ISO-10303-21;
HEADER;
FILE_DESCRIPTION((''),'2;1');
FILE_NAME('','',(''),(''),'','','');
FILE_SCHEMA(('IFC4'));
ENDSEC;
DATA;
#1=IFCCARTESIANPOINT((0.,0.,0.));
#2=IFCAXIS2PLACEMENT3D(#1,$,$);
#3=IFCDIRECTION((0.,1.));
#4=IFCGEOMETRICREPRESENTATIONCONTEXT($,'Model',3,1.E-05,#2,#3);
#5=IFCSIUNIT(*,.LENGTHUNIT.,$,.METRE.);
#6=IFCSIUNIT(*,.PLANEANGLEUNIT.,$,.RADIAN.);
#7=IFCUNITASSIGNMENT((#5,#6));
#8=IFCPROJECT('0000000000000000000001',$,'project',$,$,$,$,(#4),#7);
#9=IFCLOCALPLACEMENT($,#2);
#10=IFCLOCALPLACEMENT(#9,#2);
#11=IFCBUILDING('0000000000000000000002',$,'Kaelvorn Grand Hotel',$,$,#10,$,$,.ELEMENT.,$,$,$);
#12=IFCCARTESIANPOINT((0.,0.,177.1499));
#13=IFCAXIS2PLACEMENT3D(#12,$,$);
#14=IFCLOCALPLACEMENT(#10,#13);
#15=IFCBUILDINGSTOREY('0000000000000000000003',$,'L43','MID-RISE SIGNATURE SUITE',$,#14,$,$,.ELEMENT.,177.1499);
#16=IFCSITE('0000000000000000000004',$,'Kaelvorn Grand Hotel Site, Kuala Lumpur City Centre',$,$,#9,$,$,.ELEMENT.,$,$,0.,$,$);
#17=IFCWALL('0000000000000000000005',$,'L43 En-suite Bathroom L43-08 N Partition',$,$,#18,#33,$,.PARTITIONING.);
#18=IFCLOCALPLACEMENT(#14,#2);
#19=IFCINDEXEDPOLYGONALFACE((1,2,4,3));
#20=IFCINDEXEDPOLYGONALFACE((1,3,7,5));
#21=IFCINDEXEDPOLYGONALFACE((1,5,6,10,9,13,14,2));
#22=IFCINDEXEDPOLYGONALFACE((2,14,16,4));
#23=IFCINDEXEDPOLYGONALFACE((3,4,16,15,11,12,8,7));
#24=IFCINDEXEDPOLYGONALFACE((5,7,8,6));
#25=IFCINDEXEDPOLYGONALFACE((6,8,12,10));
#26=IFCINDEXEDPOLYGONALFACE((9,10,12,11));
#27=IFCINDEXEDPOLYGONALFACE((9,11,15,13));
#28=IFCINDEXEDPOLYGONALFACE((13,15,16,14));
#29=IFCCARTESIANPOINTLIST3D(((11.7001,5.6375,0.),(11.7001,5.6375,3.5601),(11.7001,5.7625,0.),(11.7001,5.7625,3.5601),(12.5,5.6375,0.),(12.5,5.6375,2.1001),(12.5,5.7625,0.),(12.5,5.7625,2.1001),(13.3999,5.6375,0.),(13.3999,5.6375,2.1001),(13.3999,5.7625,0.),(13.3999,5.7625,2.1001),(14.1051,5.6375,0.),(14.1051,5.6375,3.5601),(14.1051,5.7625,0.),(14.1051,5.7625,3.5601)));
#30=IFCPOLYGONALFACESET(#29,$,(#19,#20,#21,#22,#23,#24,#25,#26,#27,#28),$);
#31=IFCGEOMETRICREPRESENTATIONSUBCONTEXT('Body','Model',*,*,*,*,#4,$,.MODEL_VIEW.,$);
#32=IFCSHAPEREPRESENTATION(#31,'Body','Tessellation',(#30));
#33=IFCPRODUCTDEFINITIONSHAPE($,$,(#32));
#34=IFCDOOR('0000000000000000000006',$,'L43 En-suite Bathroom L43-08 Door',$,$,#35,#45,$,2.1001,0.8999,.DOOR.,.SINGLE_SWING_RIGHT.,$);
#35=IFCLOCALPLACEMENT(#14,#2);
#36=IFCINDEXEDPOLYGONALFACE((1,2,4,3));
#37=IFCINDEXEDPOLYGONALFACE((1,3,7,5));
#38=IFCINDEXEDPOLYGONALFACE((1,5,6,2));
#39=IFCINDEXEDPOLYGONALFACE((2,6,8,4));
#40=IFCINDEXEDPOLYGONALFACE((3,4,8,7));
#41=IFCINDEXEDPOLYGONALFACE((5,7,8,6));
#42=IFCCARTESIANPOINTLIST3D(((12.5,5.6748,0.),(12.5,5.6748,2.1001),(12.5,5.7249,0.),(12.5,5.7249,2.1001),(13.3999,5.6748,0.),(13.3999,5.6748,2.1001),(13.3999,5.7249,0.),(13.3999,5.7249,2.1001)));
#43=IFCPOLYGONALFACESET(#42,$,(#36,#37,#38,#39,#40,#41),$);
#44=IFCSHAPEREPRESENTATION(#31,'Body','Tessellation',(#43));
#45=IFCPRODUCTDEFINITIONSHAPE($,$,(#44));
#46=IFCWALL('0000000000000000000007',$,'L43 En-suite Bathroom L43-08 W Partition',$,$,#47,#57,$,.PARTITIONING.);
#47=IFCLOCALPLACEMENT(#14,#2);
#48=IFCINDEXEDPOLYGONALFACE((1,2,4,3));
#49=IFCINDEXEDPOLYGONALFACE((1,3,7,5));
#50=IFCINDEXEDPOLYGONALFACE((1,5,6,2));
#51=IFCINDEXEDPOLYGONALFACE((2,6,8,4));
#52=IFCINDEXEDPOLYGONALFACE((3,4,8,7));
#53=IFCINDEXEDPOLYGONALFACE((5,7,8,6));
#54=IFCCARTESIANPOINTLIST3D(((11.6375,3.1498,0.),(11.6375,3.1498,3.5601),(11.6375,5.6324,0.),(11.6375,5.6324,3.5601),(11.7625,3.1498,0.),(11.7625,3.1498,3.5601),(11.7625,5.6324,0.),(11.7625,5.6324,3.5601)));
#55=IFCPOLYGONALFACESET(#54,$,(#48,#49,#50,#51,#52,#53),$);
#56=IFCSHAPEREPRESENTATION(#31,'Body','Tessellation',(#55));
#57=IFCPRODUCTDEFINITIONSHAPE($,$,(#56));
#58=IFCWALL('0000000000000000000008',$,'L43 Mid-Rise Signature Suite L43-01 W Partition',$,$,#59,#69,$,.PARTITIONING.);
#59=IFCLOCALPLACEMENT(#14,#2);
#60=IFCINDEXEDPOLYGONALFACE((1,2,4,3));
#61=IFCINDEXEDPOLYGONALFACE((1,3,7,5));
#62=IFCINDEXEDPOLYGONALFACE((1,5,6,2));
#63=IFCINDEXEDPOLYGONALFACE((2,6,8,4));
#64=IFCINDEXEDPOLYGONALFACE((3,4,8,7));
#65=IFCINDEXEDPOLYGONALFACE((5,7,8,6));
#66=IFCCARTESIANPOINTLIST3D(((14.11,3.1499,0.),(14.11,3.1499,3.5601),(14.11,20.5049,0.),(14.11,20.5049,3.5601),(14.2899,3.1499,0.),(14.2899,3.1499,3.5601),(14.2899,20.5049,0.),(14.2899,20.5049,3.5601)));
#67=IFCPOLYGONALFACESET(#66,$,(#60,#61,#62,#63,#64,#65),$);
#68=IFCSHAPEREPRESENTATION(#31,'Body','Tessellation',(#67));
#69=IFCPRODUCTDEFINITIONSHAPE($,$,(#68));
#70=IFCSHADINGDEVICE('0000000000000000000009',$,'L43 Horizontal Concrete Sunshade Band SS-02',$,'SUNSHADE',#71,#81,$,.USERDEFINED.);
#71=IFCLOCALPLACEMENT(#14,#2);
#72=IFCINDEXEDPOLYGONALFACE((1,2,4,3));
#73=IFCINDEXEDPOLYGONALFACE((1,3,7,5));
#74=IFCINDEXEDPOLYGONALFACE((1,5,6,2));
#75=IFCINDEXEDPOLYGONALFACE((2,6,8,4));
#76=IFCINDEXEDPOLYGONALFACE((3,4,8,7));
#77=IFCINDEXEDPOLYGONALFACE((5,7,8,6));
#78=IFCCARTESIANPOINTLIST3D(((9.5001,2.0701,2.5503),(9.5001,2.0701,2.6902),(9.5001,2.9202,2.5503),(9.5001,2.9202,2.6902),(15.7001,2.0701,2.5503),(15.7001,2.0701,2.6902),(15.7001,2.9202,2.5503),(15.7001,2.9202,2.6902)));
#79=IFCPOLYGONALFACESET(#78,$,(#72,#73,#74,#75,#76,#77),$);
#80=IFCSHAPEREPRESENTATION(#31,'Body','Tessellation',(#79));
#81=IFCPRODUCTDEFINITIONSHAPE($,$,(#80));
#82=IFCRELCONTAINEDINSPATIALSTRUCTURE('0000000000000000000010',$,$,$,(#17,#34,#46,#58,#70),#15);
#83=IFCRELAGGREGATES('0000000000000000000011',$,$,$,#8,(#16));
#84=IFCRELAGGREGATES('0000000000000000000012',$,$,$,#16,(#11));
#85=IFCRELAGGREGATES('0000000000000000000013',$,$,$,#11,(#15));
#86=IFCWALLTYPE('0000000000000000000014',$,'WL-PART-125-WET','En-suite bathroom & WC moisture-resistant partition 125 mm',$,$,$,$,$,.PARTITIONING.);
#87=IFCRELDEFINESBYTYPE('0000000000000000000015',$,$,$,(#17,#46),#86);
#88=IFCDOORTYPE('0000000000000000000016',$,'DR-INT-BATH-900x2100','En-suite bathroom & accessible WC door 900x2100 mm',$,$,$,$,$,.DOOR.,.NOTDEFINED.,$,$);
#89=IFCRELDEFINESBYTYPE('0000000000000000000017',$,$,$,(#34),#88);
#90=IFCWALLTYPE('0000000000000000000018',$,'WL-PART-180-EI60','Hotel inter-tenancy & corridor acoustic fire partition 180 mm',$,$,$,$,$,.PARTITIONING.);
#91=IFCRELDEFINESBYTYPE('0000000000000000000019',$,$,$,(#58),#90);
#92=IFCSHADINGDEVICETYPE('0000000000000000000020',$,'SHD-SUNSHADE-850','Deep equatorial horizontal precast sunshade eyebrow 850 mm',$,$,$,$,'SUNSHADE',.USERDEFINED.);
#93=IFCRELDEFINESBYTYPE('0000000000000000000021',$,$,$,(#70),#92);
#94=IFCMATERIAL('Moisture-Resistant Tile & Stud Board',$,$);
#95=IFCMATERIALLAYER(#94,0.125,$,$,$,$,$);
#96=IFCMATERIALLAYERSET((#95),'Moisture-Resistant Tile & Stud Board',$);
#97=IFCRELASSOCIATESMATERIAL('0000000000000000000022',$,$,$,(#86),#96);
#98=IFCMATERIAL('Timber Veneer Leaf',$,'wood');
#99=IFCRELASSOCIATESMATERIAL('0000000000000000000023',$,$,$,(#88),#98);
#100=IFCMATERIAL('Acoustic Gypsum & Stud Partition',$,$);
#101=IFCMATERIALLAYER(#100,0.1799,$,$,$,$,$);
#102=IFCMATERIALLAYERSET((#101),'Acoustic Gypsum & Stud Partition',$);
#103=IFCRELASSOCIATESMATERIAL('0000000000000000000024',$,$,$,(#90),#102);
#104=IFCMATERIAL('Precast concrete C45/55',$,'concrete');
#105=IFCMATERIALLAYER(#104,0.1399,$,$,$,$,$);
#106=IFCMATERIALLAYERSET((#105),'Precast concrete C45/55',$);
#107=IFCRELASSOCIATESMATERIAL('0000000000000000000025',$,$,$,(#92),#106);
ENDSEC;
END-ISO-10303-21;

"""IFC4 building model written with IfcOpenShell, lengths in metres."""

from ifc_helpers import new_model, si_unit, direction, frame, frame_2d, origin, origin_2d, place, context, subcontext, project, spatial, rectangle, extrude, material, layer, layer_set, type_object, element, fill, save


model = new_model("IFC4")

# Units and contexts
model_context = context("Model", 3, precision=1e-05, world=origin(), true_north=direction((0.0, 1.0)))
body_context = subcontext(model_context, "Body", "Model", "MODEL_VIEW")
ifc_project = project(units=[si_unit("LENGTHUNIT", "METRE"), si_unit("PLANEANGLEUNIT", "RADIAN")], contexts=[model_context])

# Site, building, storey
site_placement = place(None, origin())
site = spatial("IfcSite", under=ifc_project, at=site_placement, Name="Kaelvorn Grand Hotel Site, Kuala Lumpur City Centre", CompositionType="ELEMENT", RefElevation=0.0)
building_placement = place(site_placement, origin())
building = spatial("IfcBuilding", under=site, at=building_placement, Name="Kaelvorn Grand Hotel", CompositionType="ELEMENT")
storey_placement = place(building_placement, frame((0.0, 0.0, 177.1499)))
storey = spatial("IfcBuildingStorey", under=building, at=storey_placement, Name="L43", Description="MID-RISE SIGNATURE SUITE", CompositionType="ELEMENT", Elevation=177.1499)

# Wall, opening, door
ifc_material_1 = material(Name="Moisture-Resistant Tile & Stud Board")
ifc_layer_1 = layer(ifc_material_1, 0.125)
ifc_layer_set_1 = layer_set([ifc_layer_1], Name="Moisture-Resistant Tile & Stud Board")
wall_type_1 = type_object("IfcWallType", Name="WL-PART-125-WET", Description="En-suite bathroom & WC moisture-resistant partition 125 mm", PredefinedType="PARTITIONING", material=ifc_layer_set_1)
wall_1_placement = place(storey_placement, frame((11.7, 5.7, 0.0), z_axis=(0.0, 0.0, 1.0), x_axis=(1.0, 0.0, 0.0)))
wall_1 = element("IfcWall", 1, at=wall_1_placement, inside=storey, type_object=wall_type_1, Name="L43 En-suite Bathroom L43-08 N Partition", PredefinedType="PARTITIONING", context=body_context, shape_type="SweptSolid", body=[
    extrude(rectangle(XDim=2.405, YDim=0.125, at=frame_2d((1.2026, 0.0))), origin(), (0.0, 0.0, 1.0), 3.5601),
])
opening_1_placement = place(wall_1_placement, frame((0.8, 0.0, 0.0)))
opening_1 = element("IfcOpeningElement", 2, at=opening_1_placement, cuts=wall_1, PredefinedType="OPENING", context=body_context, shape_type="SweptSolid", body=[
    extrude(rectangle(XDim=0.8999, YDim=2.1001, at=frame_2d((0.45, 1.05))), frame((0.0, 0.0725, 0.0), z_axis=(0.0, -1.0, 0.0), x_axis=(1.0, 0.0, 0.0)), (0.0, 0.0, 1.0), 0.145),
])
ifc_material_2 = material(Name="Timber Veneer Leaf", Category="wood")
door_type_1 = type_object("IfcDoorType", Name="DR-INT-BATH-900x2100", Description="En-suite bathroom & accessible WC door 900x2100 mm", OperationType="NOTDEFINED", PredefinedType="DOOR", material=ifc_material_2)
door_1_placement = place(opening_1_placement, origin())
door_1 = element("IfcDoor", 3, at=door_1_placement, inside=storey, type_object=door_type_1, Name="L43 En-suite Bathroom L43-08 Door", OperationType="SINGLE_SWING_RIGHT", OverallHeight=2.1001, OverallWidth=0.8999, PredefinedType="DOOR", context=body_context, shape_type="SweptSolid", body=[
    extrude(rectangle(XDim=0.8999, YDim=2.1001, at=frame_2d((0.45, 1.05))), frame((0.0, 0.0249, 0.0), z_axis=(0.0, -1.0, 0.0), x_axis=(1.0, 0.0, 0.0)), (0.0, 0.0, 1.0), 0.05),
])
fill(opening_1, door_1)

# Walls
wall_2_placement = place(storey_placement, frame((11.7, 3.1499, 0.0), z_axis=(0.0, 0.0, 1.0), x_axis=(0.0, 1.0, 0.0)))
element("IfcWall", 4, at=wall_2_placement, inside=storey, type_object=wall_type_1, Name="L43 En-suite Bathroom L43-08 W Partition", PredefinedType="PARTITIONING", context=body_context, shape_type="SweptSolid", body=[
    extrude(rectangle(XDim=2.4827, YDim=0.125, at=frame_2d((1.2412, 0.0))), origin(), (0.0, 0.0, 1.0), 3.5601),
])
ifc_material_3 = material(Name="Acoustic Gypsum & Stud Partition")
ifc_layer_2 = layer(ifc_material_3, 0.1799)
ifc_layer_set_2 = layer_set([ifc_layer_2], Name="Acoustic Gypsum & Stud Partition")
wall_type_2 = type_object("IfcWallType", Name="WL-PART-180-EI60", Description="Hotel inter-tenancy & corridor acoustic fire partition 180 mm", PredefinedType="PARTITIONING", material=ifc_layer_set_2)
wall_3_placement = place(storey_placement, frame((14.2, 3.1499, 0.0), z_axis=(0.0, 0.0, 1.0), x_axis=(0.0, 1.0, 0.0)))
element("IfcWall", 5, at=wall_3_placement, inside=storey, type_object=wall_type_2, Name="L43 Mid-Rise Signature Suite L43-01 W Partition", PredefinedType="PARTITIONING", context=body_context, shape_type="SweptSolid", body=[
    extrude(rectangle(XDim=17.355, YDim=0.1799, at=frame_2d((8.6775, 0.0))), origin(), (0.0, 0.0, 1.0), 3.5601),
])

# Shading device
ifc_material_4 = material(Name="Precast concrete C45/55", Category="concrete")
ifc_layer_3 = layer(ifc_material_4, 0.1399)
ifc_layer_set_3 = layer_set([ifc_layer_3], Name="Precast concrete C45/55")
shading_device_type = type_object("IfcShadingDeviceType", Name="SHD-SUNSHADE-850", Description="Deep equatorial horizontal precast sunshade eyebrow 850 mm", ElementType="SUNSHADE", PredefinedType="USERDEFINED", material=ifc_layer_set_3)
shading_device_placement = place(storey_placement, frame((12.6001, 2.4951, 2.5503), z_axis=(0.0, 0.0, 1.0), x_axis=(1.0, 0.0, 0.0)))
element("IfcShadingDevice", 6, at=shading_device_placement, inside=storey, type_object=shading_device_type, Name="L43 Horizontal Concrete Sunshade Band SS-02", ObjectType="SUNSHADE", PredefinedType="USERDEFINED", context=body_context, shape_type="SweptSolid", body=[
    extrude(rectangle(XDim=6.2, YDim=0.8501, at=origin_2d()), origin(), (0.0, 0.0, 1.0), 0.1399),
])

save(model, "model.ifc")
